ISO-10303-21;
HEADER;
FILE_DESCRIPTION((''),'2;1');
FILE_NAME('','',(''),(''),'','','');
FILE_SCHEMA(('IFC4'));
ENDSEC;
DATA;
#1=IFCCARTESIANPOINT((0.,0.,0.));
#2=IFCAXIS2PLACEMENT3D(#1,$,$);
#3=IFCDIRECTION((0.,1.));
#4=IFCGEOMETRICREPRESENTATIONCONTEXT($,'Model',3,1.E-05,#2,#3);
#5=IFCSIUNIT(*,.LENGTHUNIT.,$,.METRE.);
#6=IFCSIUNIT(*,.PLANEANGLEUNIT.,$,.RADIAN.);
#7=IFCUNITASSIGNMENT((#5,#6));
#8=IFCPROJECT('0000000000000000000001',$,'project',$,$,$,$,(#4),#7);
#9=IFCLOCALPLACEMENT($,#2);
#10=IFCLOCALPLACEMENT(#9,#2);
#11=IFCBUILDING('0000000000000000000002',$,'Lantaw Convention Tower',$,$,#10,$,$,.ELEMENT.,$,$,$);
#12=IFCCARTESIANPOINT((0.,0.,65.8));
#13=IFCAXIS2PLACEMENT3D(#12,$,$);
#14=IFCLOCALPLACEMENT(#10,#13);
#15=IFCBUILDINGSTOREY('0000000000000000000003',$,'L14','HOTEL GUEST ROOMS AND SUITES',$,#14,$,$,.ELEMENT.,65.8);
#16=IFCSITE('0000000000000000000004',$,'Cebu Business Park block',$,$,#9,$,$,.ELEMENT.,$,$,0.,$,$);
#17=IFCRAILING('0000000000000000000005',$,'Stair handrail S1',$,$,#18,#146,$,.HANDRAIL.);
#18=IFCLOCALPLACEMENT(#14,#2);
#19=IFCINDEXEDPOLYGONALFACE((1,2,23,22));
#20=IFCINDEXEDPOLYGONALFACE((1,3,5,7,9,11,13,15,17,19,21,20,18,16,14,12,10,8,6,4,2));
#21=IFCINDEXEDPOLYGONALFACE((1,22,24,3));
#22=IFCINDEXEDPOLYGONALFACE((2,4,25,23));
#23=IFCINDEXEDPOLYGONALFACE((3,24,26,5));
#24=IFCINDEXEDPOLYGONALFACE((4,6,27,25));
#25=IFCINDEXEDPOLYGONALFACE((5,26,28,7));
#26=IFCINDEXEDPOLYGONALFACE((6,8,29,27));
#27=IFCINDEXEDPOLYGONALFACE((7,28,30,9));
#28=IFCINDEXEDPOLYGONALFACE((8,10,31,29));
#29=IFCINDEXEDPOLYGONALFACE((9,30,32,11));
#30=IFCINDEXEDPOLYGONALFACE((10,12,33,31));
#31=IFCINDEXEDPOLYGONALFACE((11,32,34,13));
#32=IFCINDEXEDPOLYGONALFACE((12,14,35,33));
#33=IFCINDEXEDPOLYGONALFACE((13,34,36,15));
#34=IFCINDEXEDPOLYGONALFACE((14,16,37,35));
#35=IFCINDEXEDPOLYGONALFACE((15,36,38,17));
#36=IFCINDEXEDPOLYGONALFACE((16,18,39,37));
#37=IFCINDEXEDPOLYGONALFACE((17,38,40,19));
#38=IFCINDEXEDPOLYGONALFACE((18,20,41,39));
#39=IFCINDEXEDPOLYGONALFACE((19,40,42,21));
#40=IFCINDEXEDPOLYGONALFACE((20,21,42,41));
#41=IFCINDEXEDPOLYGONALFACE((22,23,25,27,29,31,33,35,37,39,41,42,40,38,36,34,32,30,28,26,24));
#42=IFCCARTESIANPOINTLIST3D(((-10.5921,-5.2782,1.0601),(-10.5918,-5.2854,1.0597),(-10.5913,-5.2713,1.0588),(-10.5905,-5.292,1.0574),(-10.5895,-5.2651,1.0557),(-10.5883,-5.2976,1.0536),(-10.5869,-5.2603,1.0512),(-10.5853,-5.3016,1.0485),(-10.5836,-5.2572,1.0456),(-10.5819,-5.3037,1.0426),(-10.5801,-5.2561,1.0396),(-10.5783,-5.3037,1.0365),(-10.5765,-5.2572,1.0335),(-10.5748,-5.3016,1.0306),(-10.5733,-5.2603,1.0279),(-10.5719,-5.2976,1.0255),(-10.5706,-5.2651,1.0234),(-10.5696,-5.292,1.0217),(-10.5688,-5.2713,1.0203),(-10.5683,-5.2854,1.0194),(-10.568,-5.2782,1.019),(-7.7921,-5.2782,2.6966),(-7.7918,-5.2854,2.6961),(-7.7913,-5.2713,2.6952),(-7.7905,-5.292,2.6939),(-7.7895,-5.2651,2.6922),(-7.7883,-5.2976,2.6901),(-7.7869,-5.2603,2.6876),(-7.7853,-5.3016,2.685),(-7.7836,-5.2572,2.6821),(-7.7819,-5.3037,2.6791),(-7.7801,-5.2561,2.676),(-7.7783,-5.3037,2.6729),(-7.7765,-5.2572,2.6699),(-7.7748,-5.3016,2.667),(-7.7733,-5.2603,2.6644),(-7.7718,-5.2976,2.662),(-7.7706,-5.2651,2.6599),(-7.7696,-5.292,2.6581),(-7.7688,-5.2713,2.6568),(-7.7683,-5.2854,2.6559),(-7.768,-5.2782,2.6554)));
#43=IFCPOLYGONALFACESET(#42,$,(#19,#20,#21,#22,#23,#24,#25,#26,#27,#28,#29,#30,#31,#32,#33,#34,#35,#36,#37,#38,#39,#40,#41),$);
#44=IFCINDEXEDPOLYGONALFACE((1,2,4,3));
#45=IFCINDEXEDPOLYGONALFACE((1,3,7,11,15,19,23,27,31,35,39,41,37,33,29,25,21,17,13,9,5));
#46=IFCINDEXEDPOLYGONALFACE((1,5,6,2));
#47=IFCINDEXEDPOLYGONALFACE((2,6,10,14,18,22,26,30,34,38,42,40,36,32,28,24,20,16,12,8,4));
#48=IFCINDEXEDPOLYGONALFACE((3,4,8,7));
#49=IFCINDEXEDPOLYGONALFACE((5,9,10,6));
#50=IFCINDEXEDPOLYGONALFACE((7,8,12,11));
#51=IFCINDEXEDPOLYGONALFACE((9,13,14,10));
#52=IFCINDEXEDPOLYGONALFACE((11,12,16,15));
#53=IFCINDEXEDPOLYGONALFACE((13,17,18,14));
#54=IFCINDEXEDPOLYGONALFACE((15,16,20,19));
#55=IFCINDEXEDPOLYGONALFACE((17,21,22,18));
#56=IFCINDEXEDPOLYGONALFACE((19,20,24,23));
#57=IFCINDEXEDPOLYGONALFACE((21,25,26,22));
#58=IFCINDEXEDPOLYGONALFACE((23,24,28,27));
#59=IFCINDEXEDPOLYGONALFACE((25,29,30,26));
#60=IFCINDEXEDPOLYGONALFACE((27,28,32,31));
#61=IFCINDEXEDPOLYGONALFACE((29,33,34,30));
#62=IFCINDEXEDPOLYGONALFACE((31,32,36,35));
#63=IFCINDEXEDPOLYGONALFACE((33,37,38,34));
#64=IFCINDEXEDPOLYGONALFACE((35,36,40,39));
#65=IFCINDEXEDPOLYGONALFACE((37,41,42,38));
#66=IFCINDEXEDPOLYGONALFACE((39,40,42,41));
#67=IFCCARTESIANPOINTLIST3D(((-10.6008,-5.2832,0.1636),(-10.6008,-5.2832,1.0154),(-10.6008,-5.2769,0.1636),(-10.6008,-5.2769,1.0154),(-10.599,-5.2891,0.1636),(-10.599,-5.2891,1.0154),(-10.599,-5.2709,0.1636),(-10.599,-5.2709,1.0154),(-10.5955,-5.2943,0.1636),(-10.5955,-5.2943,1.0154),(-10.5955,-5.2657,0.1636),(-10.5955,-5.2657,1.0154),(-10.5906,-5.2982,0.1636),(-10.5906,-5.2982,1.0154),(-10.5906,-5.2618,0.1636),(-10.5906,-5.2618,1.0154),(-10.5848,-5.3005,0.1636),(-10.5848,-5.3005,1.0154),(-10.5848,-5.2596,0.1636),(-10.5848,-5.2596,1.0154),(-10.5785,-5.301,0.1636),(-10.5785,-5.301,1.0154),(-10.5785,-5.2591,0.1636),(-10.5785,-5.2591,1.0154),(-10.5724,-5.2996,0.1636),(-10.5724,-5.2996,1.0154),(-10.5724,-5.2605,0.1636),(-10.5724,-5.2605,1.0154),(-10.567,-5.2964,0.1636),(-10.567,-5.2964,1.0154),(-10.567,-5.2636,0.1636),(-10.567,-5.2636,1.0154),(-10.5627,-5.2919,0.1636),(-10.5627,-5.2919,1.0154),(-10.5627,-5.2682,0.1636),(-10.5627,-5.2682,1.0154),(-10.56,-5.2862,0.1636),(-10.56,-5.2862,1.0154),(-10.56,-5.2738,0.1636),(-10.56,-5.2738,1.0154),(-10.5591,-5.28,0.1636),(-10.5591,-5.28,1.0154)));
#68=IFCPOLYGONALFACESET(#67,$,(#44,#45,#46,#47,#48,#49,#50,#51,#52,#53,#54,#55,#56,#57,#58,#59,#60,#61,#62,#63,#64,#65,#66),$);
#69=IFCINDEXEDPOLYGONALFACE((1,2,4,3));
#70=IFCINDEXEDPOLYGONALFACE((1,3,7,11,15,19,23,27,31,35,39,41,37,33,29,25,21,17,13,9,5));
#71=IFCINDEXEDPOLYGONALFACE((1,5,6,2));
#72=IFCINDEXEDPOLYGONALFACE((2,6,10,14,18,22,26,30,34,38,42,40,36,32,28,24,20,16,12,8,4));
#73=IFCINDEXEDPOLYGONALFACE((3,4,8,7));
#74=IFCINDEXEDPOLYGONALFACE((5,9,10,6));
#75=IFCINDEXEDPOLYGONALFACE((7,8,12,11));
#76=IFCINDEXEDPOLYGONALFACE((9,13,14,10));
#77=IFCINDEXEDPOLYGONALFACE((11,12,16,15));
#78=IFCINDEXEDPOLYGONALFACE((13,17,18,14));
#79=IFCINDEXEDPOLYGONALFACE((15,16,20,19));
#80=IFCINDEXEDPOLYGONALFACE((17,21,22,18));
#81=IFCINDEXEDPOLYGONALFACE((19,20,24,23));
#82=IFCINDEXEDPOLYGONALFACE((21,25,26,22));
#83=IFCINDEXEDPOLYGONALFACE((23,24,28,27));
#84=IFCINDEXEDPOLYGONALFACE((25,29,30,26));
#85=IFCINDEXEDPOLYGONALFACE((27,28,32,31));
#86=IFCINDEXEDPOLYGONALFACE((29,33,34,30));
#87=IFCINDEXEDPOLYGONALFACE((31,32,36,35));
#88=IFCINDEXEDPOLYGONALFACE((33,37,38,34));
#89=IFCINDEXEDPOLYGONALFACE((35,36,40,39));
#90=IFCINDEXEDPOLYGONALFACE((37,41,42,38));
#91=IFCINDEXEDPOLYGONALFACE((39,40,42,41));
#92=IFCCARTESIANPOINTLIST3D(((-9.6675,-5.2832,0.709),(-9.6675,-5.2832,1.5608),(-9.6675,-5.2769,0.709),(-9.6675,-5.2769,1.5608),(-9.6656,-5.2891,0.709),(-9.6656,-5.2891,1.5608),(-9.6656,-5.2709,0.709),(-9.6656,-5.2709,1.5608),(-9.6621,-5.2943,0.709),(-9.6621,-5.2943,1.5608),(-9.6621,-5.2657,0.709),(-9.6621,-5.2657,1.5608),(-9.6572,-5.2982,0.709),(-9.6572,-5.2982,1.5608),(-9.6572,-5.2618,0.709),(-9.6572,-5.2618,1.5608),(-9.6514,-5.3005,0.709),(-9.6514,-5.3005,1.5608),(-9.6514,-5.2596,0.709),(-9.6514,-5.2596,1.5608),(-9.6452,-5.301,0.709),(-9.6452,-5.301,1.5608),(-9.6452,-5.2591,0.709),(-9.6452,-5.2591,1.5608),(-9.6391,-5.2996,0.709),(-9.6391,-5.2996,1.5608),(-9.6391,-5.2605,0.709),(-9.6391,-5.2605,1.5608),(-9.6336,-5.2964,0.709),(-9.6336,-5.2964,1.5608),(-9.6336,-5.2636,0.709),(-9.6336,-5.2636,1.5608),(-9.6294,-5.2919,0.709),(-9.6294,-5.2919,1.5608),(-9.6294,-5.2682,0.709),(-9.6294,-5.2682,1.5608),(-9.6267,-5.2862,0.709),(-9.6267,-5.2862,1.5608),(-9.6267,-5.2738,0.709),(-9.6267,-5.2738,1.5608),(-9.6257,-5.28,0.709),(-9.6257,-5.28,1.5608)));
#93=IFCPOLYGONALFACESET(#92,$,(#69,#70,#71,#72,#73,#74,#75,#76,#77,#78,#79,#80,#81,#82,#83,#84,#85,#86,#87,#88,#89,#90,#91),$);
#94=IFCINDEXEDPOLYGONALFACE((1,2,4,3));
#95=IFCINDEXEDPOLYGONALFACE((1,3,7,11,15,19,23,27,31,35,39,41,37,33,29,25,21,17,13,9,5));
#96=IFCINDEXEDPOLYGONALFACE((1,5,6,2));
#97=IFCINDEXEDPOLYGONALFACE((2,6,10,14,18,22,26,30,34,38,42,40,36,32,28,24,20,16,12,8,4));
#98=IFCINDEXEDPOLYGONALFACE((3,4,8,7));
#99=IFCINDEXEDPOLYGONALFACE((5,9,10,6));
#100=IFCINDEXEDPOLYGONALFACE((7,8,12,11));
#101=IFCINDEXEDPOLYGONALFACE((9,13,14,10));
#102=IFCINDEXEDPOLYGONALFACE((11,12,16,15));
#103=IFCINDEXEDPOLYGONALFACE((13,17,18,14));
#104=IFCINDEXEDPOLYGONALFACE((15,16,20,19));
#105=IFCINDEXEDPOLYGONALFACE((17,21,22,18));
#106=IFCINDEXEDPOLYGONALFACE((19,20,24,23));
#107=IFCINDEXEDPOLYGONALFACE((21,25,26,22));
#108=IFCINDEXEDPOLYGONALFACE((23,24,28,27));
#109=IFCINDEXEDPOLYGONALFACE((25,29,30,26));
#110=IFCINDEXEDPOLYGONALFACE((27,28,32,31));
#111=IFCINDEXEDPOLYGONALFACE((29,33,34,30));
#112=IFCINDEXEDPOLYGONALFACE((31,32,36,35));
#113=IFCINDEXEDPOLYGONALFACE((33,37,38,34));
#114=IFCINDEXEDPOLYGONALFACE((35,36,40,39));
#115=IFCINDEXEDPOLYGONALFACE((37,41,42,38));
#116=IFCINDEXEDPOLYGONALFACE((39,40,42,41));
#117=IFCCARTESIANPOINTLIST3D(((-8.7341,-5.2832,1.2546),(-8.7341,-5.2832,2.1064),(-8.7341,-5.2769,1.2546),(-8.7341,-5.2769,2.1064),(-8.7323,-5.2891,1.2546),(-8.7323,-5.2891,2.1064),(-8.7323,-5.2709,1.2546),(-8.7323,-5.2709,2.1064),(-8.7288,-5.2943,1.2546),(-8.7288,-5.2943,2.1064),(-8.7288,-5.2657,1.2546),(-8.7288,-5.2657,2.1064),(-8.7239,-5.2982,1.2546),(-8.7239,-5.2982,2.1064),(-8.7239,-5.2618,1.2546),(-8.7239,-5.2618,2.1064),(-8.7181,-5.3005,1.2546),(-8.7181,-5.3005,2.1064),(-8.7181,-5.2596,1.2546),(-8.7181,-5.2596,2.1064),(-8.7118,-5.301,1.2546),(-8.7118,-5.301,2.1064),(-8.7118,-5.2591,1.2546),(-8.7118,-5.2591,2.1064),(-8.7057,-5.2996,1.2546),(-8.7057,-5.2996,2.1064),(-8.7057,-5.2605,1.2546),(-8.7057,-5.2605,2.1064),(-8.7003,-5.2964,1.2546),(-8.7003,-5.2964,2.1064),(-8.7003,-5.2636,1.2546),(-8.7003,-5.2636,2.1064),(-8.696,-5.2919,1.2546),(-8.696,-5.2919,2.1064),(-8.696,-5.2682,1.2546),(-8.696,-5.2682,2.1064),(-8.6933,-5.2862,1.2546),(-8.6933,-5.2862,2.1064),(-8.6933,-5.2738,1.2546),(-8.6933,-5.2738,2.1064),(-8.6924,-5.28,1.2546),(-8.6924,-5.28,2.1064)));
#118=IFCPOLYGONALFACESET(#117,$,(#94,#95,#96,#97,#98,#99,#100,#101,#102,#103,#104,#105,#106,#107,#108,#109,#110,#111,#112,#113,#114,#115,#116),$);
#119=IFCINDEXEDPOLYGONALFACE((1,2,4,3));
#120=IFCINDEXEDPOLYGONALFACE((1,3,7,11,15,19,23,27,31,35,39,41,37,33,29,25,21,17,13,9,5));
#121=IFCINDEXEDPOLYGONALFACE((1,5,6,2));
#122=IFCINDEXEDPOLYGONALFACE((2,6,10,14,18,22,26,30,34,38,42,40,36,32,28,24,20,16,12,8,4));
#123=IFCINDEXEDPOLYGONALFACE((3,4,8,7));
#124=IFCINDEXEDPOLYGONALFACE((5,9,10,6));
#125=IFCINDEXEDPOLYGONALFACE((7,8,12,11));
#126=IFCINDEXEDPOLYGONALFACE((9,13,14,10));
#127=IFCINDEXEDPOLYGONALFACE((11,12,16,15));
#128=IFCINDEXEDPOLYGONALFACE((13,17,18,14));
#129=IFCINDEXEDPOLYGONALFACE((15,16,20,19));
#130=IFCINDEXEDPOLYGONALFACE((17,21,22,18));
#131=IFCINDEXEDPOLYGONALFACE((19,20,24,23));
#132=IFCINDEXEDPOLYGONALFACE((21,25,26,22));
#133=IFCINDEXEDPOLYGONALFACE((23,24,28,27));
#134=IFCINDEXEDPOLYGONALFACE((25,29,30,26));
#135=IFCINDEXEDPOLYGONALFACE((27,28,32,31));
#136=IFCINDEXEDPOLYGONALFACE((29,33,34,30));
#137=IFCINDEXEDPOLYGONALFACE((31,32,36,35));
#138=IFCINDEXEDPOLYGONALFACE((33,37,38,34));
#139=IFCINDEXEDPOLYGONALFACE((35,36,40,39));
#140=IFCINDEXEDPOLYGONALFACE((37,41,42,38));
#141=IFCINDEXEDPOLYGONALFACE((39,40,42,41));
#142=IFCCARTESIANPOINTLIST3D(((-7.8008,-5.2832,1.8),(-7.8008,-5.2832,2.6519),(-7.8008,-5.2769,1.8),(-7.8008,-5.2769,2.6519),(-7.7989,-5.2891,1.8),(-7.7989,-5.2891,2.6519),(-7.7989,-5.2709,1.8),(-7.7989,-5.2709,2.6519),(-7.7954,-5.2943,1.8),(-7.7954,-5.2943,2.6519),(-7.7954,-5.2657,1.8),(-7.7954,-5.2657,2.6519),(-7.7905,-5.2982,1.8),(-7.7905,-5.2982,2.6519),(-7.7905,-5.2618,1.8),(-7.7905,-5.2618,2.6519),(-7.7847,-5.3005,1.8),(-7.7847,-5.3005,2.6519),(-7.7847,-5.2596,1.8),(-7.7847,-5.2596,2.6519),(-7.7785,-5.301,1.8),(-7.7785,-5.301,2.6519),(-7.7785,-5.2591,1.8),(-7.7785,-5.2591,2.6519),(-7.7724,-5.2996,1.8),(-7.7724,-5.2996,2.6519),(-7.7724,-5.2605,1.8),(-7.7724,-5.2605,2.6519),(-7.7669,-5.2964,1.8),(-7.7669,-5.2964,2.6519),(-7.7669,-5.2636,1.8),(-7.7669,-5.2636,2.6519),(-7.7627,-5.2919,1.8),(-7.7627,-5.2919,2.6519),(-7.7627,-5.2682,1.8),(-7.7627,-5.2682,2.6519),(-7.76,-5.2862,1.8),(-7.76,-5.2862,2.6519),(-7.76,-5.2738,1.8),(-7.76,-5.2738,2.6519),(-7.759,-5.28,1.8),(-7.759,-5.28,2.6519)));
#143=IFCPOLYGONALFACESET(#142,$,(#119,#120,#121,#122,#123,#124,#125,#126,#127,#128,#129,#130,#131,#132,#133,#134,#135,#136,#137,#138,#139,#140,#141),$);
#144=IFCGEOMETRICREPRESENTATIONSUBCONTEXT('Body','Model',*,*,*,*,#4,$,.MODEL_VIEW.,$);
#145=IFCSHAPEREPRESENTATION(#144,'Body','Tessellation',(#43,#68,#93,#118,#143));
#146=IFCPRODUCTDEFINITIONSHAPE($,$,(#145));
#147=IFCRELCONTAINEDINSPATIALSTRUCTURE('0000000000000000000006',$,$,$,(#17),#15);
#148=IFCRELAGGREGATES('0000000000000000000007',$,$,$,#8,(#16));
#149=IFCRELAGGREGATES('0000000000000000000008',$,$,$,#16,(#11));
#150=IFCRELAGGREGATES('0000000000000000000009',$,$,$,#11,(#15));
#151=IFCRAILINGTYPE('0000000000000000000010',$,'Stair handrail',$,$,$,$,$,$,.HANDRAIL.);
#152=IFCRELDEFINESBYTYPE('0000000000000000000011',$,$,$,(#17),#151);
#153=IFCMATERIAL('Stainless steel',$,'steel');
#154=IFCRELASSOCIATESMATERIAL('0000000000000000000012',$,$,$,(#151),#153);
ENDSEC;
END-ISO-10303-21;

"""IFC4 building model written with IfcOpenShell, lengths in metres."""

from ifc_helpers import new_model, si_unit, direction, frame, origin, origin_2d, place, context, subcontext, project, spatial, circle, extrude, material, type_object, element, save


model = new_model("IFC4")

# Units and contexts
model_context = context("Model", 3, precision=1e-05, world=origin(), true_north=direction((0.0, 1.0)))
body_context = subcontext(model_context, "Body", "Model", "MODEL_VIEW")
ifc_project = project(units=[si_unit("LENGTHUNIT", "METRE"), si_unit("PLANEANGLEUNIT", "RADIAN")], contexts=[model_context])

# Site, building, storey
site_placement = place(None, origin())
site = spatial("IfcSite", under=ifc_project, at=site_placement, Name="Cebu Business Park block", CompositionType="ELEMENT", RefElevation=0.0)
building_placement = place(site_placement, origin())
building = spatial("IfcBuilding", under=site, at=building_placement, Name="Lantaw Convention Tower", CompositionType="ELEMENT")
storey_placement = place(building_placement, frame((0.0, 0.0, 65.8)))
storey = spatial("IfcBuildingStorey", under=building, at=storey_placement, Name="L14", Description="HOTEL GUEST ROOMS AND SUITES", CompositionType="ELEMENT", Elevation=65.8)

# Railing
ifc_material_1 = material(Name="Stainless steel", Category="steel")
railing_type = type_object("IfcRailingType", Name="Stair handrail", PredefinedType="HANDRAIL", material=ifc_material_1)
railing_1_placement = place(storey_placement, frame((-10.5801, -5.28, 0.1636)))
element("IfcRailing", 1, at=railing_1_placement, inside=storey, type_object=railing_type, Name="Stair handrail S1", PredefinedType="HANDRAIL", context=body_context, shape_type="SweptSolid", body=[
    extrude(circle(Radius=0.0239, at=origin_2d()), frame((0.0, 0.0, 0.876), z_axis=(0.863361, 0.0, 0.504587), x_axis=(0.0, 1.0, 0.0)), (0.0, 0.0, 1.0), 3.2432),
    extrude(circle(Radius=0.021, at=origin_2d()), origin(), (0.0, 0.0, 1.0), 0.8518),
    extrude(circle(Radius=0.021, at=origin_2d()), frame((0.9333, 0.0, 0.5454)), (0.0, 0.0, 1.0), 0.8518),
    extrude(circle(Radius=0.021, at=origin_2d()), frame((1.8667, 0.0, 1.0911)), (0.0, 0.0, 1.0), 0.8518),
    extrude(circle(Radius=0.021, at=origin_2d()), frame((2.8, 0.0, 1.6365)), (0.0, 0.0, 1.0), 0.8518),
])

save(model, "model.ifc")
